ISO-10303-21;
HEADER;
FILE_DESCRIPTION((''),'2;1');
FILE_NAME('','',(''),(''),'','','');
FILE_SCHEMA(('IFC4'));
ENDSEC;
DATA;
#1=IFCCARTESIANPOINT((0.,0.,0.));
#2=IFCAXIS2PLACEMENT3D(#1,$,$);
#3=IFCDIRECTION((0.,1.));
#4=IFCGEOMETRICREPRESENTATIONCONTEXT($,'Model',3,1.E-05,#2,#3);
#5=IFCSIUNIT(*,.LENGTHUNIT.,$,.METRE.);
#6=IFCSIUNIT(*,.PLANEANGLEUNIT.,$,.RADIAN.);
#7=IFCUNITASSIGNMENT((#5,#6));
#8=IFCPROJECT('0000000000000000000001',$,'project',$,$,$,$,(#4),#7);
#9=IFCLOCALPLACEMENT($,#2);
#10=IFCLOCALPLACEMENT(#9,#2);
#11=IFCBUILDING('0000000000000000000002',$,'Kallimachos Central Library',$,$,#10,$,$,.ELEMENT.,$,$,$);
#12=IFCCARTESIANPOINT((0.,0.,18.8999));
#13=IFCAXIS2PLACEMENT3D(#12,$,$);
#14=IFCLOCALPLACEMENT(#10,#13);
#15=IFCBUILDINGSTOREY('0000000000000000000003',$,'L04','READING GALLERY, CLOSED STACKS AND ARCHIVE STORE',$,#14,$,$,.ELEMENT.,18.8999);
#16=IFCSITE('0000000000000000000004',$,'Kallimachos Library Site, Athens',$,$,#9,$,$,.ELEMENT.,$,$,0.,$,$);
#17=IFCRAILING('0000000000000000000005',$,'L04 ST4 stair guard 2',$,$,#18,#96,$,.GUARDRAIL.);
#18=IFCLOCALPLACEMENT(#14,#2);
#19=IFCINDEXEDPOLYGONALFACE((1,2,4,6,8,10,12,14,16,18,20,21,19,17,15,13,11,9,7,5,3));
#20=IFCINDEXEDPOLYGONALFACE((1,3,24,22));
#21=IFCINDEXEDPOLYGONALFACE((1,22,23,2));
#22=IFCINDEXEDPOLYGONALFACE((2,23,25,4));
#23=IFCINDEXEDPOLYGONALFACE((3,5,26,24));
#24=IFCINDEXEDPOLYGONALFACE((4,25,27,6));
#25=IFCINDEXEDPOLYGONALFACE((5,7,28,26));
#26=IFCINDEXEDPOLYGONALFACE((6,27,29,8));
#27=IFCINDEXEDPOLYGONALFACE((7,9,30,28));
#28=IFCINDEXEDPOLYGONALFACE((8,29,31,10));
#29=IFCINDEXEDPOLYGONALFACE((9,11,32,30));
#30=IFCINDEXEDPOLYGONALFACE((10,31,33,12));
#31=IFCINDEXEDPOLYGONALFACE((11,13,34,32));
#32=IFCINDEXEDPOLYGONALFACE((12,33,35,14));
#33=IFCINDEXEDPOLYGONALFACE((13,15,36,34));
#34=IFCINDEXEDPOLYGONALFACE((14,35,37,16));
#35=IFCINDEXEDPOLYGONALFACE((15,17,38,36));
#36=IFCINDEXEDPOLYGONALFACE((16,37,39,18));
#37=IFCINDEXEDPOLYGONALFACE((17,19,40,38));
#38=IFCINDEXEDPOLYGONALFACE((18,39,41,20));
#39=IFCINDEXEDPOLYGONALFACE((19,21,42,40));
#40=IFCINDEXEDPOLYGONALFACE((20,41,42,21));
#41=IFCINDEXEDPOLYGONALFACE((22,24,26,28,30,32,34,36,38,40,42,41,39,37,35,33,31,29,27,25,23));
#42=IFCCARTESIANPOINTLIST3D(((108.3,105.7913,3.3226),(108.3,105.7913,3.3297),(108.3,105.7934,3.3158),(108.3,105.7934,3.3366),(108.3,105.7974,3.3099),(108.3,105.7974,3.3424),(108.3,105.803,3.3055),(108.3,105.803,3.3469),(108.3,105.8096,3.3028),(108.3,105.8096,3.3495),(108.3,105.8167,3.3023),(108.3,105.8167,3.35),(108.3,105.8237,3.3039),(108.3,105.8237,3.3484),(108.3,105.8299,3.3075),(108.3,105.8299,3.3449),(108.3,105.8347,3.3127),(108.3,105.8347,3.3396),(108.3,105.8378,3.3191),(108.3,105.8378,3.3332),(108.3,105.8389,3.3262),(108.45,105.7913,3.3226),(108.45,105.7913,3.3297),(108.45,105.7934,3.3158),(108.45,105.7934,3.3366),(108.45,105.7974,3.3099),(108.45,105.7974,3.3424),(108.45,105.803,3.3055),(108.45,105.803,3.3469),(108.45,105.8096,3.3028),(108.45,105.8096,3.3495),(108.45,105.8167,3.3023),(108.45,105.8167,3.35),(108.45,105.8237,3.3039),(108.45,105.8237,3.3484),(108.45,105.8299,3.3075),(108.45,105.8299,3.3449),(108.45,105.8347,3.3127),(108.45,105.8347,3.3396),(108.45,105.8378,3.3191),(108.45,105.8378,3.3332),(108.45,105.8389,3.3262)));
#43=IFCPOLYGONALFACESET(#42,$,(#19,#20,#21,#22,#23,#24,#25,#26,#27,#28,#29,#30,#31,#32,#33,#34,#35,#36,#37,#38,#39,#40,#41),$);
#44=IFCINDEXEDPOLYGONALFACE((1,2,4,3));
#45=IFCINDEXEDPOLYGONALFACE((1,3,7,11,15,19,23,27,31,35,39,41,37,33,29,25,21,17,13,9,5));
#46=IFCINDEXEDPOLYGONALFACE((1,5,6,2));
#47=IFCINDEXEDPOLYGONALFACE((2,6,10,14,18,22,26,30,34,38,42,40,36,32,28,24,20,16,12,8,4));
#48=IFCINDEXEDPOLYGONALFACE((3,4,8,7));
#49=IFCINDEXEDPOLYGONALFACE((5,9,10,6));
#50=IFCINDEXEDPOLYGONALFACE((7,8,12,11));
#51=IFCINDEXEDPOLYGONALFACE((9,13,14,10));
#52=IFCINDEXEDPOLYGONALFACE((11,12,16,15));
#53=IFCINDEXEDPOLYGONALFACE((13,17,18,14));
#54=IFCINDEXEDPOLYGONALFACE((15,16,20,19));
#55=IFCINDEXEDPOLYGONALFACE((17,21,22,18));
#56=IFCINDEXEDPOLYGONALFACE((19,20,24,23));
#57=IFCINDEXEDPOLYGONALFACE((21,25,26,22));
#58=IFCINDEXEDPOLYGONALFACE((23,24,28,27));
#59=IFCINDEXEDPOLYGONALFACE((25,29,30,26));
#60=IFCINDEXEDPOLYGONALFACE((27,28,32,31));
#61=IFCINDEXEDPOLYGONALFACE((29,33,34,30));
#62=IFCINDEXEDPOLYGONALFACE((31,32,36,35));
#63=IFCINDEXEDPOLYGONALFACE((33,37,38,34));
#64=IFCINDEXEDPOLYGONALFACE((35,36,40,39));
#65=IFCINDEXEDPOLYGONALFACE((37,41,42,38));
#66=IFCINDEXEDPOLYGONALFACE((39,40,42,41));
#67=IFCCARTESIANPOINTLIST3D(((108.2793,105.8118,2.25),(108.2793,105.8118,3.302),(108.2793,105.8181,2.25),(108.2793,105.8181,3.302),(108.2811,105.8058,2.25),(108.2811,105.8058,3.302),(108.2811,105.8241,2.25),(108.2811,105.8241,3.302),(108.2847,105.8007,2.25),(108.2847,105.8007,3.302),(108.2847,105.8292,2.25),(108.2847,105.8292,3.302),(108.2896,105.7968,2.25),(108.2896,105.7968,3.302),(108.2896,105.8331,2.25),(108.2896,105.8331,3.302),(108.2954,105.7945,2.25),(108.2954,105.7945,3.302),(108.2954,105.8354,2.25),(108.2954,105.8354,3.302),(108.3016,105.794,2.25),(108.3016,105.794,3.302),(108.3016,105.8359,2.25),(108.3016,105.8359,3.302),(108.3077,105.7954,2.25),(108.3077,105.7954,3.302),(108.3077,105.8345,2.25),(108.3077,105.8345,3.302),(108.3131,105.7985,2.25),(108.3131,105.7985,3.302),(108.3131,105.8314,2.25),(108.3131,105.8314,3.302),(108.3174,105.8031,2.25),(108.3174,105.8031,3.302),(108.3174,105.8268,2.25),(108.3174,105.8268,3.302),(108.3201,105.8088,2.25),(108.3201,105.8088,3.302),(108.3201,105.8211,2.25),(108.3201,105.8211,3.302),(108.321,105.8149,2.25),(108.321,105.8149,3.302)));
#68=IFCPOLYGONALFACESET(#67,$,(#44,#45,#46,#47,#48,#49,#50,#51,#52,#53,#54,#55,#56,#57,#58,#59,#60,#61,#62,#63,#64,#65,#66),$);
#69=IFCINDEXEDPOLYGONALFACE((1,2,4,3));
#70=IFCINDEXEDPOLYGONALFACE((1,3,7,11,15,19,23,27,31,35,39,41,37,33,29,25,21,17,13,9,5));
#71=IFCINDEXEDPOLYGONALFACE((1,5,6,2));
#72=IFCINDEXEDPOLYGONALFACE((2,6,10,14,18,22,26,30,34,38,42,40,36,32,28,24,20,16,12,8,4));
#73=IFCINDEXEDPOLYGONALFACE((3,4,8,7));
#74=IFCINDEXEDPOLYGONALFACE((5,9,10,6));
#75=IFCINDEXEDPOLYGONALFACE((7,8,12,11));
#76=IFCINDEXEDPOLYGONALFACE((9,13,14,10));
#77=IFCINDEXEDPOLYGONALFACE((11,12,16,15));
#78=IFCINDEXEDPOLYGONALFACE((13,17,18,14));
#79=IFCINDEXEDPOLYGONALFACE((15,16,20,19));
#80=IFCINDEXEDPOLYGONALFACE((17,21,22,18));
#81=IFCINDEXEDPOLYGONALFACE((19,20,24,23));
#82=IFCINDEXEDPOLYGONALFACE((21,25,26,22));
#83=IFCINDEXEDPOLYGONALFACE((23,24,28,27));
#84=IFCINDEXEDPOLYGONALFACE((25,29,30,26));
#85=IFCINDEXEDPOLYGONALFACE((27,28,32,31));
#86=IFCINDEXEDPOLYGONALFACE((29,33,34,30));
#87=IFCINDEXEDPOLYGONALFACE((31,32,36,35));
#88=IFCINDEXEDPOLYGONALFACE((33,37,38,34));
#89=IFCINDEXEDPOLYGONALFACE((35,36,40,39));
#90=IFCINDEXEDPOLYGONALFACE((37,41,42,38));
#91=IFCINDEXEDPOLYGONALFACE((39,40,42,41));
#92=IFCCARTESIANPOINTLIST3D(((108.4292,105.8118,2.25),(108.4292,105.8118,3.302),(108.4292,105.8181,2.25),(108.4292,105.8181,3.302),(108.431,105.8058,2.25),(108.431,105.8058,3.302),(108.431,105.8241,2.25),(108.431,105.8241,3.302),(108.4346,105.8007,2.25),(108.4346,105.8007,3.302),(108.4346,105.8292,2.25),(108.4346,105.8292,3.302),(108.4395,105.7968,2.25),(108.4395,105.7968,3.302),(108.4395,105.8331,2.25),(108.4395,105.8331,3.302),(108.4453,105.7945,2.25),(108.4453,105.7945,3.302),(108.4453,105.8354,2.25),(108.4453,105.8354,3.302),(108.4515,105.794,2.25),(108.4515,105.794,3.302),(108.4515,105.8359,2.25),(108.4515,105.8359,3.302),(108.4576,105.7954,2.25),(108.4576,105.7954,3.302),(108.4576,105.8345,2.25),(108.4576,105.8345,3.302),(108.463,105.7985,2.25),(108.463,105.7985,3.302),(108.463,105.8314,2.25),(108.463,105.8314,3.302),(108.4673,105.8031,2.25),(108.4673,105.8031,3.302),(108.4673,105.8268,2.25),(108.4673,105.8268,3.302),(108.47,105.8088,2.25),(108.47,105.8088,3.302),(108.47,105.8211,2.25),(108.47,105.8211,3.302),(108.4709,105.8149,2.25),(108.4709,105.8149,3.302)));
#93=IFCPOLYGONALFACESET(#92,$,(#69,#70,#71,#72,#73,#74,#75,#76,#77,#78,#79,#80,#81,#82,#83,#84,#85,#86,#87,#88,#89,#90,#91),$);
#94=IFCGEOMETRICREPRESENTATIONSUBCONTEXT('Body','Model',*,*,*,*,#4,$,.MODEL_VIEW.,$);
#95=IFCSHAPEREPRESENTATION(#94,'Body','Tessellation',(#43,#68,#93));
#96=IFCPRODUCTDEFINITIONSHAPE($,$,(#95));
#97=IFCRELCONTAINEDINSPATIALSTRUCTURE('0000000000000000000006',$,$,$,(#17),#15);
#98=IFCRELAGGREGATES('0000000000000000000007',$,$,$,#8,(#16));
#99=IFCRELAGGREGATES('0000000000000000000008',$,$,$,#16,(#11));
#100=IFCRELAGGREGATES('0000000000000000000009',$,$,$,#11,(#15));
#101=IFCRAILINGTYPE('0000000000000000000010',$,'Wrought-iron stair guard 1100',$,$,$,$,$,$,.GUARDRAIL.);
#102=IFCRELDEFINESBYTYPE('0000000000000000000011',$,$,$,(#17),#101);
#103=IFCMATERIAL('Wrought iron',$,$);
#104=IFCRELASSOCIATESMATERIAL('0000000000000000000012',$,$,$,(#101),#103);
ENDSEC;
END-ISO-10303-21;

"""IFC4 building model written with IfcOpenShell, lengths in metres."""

from ifc_helpers import new_model, si_unit, direction, frame, origin, origin_2d, place, context, subcontext, project, spatial, circle, extrude, material, type_object, element, save


model = new_model("IFC4")

# Units and contexts
model_context = context("Model", 3, precision=1e-05, world=origin(), true_north=direction((0.0, 1.0)))
body_context = subcontext(model_context, "Body", "Model", "MODEL_VIEW")
ifc_project = project(units=[si_unit("LENGTHUNIT", "METRE"), si_unit("PLANEANGLEUNIT", "RADIAN")], contexts=[model_context])

# Site, building, storey
site_placement = place(None, origin())
site = spatial("IfcSite", under=ifc_project, at=site_placement, Name="Kallimachos Library Site, Athens", CompositionType="ELEMENT", RefElevation=0.0)
building_placement = place(site_placement, origin())
building = spatial("IfcBuilding", under=site, at=building_placement, Name="Kallimachos Central Library", CompositionType="ELEMENT")
storey_placement = place(building_placement, frame((0.0, 0.0, 18.8999)))
storey = spatial("IfcBuildingStorey", under=building, at=storey_placement, Name="L04", Description="READING GALLERY, CLOSED STACKS AND ARCHIVE STORE", CompositionType="ELEMENT", Elevation=18.8999)

# Railing
ifc_material_1 = material(Name="Wrought iron")
railing_type_1 = type_object("IfcRailingType", Name="Wrought-iron stair guard 1100", PredefinedType="GUARDRAIL", material=ifc_material_1)
railing_1_placement = place(storey_placement, frame((108.3, 105.8149, 2.25)))
element("IfcRailing", 1, at=railing_1_placement, inside=storey, type_object=railing_type_1, Name="L04 ST4 stair guard 2", PredefinedType="GUARDRAIL", context=body_context, shape_type="SweptSolid", body=[
    extrude(circle(Radius=0.0239, at=origin_2d()), frame((0.0, 0.0, 1.0762), z_axis=(1.0, 0.0, 0.0), x_axis=(0.0, 1.0, 0.0)), (0.0, 0.0, 1.0), 0.1499),
    extrude(circle(Radius=0.021, at=origin_2d()), origin(), (0.0, 0.0, 1.0), 1.052),
    extrude(circle(Radius=0.021, at=origin_2d()), frame((0.1499, 0.0, 0.0)), (0.0, 0.0, 1.0), 1.052),
])

save(model, "model.ifc")
